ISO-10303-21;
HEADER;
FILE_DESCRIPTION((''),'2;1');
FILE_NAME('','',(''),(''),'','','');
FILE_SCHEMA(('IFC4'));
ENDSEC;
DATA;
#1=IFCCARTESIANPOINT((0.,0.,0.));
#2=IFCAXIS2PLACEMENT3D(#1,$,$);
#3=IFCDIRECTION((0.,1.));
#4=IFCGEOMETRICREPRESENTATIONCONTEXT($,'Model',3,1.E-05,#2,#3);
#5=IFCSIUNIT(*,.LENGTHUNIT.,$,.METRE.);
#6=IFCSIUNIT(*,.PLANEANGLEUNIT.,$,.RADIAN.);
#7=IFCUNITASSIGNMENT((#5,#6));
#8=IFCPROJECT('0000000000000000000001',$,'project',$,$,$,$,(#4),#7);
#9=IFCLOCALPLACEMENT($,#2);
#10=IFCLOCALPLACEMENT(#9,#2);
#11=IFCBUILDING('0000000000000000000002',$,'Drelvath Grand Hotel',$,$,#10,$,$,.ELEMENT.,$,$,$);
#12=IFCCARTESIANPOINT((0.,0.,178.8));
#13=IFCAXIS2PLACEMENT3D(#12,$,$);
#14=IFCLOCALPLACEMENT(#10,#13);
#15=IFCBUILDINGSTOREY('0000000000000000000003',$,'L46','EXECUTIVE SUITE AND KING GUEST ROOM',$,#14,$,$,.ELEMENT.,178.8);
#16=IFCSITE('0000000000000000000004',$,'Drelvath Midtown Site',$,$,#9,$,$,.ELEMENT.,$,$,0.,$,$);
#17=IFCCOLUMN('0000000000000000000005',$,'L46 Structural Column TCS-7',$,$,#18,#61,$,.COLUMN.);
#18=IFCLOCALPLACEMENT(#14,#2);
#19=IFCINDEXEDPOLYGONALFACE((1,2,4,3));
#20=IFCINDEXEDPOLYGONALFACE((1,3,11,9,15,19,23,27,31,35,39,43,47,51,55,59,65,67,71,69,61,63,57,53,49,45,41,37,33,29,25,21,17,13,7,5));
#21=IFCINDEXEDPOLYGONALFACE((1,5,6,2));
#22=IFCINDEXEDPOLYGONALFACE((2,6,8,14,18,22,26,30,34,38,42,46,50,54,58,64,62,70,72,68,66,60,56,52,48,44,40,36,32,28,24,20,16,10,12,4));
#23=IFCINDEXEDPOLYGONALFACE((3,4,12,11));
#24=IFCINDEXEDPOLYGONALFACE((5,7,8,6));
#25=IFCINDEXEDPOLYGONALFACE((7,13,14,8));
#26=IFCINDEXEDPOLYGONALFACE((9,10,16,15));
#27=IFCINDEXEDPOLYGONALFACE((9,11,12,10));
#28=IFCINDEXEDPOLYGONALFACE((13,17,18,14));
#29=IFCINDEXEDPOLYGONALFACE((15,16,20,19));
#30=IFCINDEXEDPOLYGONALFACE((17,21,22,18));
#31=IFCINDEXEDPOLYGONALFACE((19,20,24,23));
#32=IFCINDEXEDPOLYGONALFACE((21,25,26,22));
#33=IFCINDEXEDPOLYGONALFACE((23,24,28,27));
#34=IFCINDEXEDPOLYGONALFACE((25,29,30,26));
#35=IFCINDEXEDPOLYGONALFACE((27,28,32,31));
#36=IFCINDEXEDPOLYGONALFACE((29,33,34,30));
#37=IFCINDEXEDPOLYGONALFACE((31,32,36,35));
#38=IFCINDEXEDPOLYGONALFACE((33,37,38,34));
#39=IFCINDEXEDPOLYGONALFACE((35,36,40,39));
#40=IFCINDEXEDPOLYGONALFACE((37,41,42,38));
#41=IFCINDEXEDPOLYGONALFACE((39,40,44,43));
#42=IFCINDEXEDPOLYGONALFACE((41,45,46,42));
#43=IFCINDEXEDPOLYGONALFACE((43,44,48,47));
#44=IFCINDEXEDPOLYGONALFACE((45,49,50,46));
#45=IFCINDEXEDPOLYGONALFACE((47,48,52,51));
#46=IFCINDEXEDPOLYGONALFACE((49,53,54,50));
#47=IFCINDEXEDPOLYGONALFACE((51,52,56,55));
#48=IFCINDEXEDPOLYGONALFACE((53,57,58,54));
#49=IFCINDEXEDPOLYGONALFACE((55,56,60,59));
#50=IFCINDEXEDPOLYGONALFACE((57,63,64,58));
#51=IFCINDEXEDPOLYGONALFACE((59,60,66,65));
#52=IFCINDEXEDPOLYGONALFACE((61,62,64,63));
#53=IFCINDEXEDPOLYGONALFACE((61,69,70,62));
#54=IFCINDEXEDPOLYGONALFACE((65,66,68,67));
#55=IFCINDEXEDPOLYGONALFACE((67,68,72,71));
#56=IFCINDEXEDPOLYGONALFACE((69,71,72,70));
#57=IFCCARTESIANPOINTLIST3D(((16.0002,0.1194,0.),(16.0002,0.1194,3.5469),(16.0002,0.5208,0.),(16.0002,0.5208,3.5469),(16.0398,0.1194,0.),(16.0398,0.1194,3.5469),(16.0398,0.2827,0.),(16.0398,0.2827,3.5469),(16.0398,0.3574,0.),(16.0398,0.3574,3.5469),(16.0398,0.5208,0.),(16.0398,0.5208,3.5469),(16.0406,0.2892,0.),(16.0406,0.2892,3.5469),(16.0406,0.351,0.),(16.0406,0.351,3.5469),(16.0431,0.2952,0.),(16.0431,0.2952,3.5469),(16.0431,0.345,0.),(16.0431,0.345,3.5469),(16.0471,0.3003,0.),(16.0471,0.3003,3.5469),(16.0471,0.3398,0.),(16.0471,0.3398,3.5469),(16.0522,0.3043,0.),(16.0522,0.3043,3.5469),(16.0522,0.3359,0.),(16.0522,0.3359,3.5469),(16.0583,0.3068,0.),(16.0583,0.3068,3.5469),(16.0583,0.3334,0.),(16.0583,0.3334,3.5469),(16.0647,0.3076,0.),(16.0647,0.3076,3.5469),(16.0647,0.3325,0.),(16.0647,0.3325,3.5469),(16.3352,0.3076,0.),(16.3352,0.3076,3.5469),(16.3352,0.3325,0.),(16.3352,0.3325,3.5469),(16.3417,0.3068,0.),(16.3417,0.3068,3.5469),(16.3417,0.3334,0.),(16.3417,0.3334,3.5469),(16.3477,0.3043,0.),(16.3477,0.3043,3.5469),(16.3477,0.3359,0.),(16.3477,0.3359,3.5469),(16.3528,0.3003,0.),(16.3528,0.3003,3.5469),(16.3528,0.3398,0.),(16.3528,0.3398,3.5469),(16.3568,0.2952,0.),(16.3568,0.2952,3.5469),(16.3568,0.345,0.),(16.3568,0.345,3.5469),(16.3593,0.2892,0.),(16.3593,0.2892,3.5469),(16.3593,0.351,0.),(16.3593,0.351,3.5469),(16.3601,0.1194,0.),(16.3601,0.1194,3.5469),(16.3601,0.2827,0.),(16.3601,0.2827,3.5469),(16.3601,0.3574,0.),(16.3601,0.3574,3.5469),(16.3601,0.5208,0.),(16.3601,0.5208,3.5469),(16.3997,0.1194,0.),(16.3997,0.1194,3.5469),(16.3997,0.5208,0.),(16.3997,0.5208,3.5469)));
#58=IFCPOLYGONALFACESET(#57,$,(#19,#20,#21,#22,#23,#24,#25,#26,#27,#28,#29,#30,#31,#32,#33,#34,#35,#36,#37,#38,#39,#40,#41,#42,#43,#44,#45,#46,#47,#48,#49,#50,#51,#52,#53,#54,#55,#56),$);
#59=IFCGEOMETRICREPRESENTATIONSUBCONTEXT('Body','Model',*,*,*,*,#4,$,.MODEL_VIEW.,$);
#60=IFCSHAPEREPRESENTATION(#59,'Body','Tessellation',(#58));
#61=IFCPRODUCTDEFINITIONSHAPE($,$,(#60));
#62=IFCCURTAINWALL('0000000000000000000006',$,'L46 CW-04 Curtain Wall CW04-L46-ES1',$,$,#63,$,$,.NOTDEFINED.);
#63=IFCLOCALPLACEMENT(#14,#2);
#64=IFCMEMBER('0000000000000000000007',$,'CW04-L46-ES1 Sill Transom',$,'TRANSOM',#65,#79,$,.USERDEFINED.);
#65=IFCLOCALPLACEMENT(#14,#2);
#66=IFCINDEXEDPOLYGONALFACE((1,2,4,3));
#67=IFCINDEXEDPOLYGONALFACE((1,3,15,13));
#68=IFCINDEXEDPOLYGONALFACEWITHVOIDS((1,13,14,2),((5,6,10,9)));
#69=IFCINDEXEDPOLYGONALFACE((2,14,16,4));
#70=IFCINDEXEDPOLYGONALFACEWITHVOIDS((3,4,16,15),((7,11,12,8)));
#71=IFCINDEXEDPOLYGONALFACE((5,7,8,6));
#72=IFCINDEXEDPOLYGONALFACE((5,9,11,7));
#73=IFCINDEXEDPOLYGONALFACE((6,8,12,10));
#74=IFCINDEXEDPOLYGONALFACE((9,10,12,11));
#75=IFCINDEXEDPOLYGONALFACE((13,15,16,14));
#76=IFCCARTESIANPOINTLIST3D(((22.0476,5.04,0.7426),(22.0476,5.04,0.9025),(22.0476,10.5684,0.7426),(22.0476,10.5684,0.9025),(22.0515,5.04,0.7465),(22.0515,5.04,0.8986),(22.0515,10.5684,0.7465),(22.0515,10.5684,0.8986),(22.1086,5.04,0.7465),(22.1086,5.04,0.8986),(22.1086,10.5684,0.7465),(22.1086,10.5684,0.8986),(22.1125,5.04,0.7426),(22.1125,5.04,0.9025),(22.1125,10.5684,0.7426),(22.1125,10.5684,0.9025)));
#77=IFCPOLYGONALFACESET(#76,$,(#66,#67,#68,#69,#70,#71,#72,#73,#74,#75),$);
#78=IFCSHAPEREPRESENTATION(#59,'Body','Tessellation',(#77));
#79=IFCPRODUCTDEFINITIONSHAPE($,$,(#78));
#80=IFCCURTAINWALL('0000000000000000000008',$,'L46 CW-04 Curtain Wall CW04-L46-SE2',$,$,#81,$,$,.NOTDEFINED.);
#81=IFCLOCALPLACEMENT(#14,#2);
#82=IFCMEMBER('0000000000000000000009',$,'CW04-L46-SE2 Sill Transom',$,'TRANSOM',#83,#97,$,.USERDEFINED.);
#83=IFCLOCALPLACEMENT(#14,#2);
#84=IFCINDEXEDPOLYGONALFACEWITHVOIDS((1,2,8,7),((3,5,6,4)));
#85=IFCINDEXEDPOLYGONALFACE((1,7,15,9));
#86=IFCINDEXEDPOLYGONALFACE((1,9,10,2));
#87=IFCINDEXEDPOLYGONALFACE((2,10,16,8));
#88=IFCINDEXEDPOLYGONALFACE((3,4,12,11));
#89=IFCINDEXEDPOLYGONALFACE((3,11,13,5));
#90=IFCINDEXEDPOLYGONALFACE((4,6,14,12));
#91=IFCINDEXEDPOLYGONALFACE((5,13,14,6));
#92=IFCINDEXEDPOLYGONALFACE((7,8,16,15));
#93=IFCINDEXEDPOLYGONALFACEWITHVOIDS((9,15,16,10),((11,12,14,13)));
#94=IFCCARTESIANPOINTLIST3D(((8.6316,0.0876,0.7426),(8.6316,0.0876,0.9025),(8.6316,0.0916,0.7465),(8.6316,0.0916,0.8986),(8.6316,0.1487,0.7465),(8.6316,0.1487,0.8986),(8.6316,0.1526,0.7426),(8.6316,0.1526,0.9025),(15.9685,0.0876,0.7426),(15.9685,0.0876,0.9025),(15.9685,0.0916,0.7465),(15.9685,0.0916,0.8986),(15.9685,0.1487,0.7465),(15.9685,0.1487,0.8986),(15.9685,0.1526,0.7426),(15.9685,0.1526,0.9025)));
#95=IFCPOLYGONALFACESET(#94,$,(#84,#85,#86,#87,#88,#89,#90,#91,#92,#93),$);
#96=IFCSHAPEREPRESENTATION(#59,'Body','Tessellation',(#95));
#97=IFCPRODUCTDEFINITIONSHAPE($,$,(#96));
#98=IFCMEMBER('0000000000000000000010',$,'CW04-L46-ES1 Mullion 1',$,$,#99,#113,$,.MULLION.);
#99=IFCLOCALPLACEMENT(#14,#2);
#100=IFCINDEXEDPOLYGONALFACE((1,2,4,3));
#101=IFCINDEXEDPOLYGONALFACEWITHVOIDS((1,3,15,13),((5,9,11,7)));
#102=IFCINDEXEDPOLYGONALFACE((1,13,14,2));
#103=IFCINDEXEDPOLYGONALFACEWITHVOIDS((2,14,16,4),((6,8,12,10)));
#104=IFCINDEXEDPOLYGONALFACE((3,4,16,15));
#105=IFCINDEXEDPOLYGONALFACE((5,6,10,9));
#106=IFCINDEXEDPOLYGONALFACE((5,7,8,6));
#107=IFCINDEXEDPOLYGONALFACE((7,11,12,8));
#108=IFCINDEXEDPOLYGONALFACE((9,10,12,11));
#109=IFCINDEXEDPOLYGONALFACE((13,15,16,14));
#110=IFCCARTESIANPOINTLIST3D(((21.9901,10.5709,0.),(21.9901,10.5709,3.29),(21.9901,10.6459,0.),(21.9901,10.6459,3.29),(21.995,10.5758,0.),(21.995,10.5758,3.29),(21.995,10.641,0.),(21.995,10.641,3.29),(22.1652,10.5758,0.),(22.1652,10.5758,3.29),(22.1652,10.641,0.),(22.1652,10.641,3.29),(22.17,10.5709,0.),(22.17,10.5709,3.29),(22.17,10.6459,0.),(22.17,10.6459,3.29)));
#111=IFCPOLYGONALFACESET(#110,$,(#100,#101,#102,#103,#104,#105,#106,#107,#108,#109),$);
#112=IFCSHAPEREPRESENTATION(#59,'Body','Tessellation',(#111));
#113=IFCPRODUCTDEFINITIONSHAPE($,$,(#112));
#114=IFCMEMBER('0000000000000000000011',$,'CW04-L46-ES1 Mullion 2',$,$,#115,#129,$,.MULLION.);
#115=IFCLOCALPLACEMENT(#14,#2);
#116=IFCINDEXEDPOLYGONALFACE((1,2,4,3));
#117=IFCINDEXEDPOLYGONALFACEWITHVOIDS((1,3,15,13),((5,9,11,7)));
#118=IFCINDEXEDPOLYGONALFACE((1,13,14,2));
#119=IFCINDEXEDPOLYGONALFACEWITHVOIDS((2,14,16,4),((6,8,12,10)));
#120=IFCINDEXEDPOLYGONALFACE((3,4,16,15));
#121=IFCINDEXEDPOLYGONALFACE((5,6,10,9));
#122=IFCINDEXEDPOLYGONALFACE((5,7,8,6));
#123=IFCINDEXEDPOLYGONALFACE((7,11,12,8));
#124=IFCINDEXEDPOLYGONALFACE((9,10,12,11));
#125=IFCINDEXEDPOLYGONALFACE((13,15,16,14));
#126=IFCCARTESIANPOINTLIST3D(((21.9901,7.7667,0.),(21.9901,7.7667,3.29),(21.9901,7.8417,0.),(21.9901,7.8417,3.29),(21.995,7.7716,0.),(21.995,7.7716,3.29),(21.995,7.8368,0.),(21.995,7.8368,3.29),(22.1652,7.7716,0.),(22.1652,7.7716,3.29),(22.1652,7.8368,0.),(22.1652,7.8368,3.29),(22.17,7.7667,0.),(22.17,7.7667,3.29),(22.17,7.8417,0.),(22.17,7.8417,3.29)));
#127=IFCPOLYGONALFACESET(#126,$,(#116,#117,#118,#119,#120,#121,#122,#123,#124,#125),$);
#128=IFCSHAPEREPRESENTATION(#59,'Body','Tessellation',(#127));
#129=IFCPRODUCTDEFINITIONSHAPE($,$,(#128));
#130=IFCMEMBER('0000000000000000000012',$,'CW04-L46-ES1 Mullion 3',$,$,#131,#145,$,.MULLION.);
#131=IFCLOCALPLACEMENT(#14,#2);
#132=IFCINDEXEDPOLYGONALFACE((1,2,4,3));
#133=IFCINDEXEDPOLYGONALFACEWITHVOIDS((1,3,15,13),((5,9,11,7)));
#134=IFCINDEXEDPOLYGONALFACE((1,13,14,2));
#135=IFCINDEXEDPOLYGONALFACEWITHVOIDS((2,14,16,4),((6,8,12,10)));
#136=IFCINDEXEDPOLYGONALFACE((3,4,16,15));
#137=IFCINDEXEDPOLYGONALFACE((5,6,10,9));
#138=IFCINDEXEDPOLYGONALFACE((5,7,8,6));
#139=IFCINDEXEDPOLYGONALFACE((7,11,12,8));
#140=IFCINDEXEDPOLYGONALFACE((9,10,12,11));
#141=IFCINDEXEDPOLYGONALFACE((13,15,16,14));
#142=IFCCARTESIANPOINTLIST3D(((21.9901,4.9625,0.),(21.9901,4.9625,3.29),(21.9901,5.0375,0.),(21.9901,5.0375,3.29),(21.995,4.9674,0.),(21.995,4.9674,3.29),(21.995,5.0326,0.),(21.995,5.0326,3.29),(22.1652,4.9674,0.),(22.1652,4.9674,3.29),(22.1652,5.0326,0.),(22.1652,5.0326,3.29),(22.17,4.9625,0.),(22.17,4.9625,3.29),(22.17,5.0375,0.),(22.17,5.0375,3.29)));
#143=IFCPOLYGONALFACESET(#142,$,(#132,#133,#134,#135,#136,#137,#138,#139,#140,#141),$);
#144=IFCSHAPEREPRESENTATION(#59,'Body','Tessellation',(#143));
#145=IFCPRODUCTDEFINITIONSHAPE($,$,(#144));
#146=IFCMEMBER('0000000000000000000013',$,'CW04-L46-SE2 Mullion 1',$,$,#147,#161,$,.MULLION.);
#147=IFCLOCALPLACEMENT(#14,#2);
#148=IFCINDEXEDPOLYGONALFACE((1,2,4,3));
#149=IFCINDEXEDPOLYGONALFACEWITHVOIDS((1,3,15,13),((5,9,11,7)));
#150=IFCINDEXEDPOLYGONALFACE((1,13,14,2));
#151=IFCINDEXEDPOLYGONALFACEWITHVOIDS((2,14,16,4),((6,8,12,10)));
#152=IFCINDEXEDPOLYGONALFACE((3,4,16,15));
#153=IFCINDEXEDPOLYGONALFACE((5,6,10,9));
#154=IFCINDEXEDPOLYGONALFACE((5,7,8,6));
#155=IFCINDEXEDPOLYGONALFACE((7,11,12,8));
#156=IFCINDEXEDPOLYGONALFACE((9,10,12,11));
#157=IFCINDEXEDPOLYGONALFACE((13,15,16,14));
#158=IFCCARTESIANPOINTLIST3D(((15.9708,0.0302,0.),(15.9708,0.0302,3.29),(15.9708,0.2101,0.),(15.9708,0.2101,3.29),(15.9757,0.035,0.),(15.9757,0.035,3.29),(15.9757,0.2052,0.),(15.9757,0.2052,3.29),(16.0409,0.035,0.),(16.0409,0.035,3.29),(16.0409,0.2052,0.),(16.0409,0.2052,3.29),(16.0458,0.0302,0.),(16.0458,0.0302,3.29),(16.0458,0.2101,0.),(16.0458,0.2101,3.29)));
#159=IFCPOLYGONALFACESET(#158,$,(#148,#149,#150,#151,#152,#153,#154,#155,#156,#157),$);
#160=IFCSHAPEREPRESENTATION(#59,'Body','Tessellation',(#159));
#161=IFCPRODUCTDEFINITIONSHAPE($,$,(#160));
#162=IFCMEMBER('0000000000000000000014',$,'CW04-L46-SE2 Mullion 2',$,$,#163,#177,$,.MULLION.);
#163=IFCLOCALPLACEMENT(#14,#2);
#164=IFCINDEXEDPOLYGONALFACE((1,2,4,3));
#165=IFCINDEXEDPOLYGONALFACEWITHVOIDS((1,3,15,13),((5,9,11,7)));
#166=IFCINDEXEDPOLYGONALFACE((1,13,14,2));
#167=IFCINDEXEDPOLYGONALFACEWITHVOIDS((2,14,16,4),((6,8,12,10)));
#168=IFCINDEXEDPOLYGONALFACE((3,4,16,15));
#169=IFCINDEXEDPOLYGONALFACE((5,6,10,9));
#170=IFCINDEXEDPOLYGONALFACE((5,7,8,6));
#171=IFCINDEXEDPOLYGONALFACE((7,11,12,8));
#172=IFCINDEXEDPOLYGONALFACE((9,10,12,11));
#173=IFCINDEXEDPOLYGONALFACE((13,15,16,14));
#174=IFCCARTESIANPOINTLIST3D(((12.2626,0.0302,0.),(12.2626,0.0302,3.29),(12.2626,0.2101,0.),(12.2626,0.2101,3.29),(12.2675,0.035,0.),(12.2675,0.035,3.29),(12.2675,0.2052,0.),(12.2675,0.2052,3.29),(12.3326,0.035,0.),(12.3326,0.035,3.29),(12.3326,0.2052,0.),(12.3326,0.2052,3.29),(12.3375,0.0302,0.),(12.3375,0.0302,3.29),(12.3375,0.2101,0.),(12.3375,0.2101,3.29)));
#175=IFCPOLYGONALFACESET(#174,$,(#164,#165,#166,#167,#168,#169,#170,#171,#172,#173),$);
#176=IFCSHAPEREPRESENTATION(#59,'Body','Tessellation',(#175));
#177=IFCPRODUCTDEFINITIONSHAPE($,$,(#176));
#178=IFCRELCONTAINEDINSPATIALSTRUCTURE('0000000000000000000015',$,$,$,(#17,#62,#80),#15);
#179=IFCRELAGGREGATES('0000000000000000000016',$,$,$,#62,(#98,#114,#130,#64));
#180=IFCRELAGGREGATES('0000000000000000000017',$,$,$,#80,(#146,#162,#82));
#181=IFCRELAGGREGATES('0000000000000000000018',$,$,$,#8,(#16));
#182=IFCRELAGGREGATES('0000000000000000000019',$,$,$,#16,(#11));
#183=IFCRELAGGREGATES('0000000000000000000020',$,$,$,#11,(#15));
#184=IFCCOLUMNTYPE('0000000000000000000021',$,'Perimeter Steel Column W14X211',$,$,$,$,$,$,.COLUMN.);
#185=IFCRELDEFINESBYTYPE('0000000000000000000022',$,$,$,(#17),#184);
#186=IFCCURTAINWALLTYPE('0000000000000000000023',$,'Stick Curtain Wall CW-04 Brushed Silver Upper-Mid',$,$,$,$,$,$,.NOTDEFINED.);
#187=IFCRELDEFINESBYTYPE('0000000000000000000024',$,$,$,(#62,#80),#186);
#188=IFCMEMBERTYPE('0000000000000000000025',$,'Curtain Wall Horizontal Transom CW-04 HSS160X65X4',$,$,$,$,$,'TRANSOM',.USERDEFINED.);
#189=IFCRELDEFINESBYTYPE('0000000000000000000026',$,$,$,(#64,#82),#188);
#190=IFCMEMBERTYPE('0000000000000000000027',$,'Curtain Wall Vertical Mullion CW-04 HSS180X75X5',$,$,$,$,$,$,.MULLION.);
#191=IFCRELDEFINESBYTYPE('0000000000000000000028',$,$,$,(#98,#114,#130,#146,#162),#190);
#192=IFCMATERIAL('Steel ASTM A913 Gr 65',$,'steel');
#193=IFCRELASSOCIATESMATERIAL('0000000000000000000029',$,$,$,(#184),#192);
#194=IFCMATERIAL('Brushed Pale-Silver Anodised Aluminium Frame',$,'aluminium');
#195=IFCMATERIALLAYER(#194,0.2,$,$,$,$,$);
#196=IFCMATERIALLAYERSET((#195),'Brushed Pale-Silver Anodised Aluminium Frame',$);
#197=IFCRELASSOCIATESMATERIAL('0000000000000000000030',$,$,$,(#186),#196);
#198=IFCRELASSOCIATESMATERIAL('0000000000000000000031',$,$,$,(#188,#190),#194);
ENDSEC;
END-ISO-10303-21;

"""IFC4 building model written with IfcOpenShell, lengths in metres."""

from ifc_helpers import new_model, si_unit, direction, frame, origin, origin_2d, place, context, subcontext, project, spatial, hollow_rectangle, i_section, extrude, material, layer, layer_set, material_profile, profile_set, type_object, element, aggregate, save


model = new_model("IFC4")

# Units and contexts
model_context = context("Model", 3, precision=1e-05, world=origin(), true_north=direction((0.0, 1.0)))
body_context = subcontext(model_context, "Body", "Model", "MODEL_VIEW")
ifc_project = project(units=[si_unit("LENGTHUNIT", "METRE"), si_unit("PLANEANGLEUNIT", "RADIAN")], contexts=[model_context])

# Site, building, storey
site_placement = place(None, origin())
site = spatial("IfcSite", under=ifc_project, at=site_placement, Name="Drelvath Midtown Site", CompositionType="ELEMENT", RefElevation=0.0)
building_placement = place(site_placement, origin())
building = spatial("IfcBuilding", under=site, at=building_placement, Name="Drelvath Grand Hotel", CompositionType="ELEMENT")
storey_placement = place(building_placement, frame((0.0, 0.0, 178.8)))
storey = spatial("IfcBuildingStorey", under=building, at=storey_placement, Name="L46", Description="EXECUTIVE SUITE AND KING GUEST ROOM", CompositionType="ELEMENT", Elevation=178.8)

# Column
ifc_material_1 = material(Name="Steel ASTM A913 Gr 65", Category="steel")
ifc_material_profile_1 = material_profile(ifc_material_1, i_section(OverallWidth=0.4014, OverallDepth=0.3994, WebThickness=0.0249, FlangeThickness=0.0396, FilletRadius=0.0249, at=origin_2d()), Name="W14X211")
ifc_profile_set_1 = profile_set([ifc_material_profile_1], Name="Steel ASTM A913 Gr 65")
column_type = type_object("IfcColumnType", Name="Perimeter Steel Column W14X211", PredefinedType="COLUMN", material=ifc_profile_set_1)
column_placement = place(storey_placement, frame((16.2, 0.3201, 0.0), z_axis=(0.0, 0.0, 1.0), x_axis=(0.0, 1.0, 0.0)))
element("IfcColumn", 1, at=column_placement, inside=storey, type_object=column_type, Name="L46 Structural Column TCS-7", PredefinedType="COLUMN", context=body_context, shape_type="SweptSolid", body=[
    extrude(i_section(OverallWidth=0.4014, OverallDepth=0.3994, WebThickness=0.0249, FlangeThickness=0.0396, FilletRadius=0.0249, at=origin_2d()), origin(), (0.0, 0.0, 1.0), 3.5469),
])

# Curtain walls, members
ifc_material_2 = material(Name="Brushed Pale-Silver Anodised Aluminium Frame", Category="aluminium")
ifc_layer_1 = layer(ifc_material_2, 0.2)
ifc_layer_set_1 = layer_set([ifc_layer_1], Name="Brushed Pale-Silver Anodised Aluminium Frame")
curtain_wall_type = type_object("IfcCurtainWallType", Name="Stick Curtain Wall CW-04 Brushed Silver Upper-Mid", PredefinedType="NOTDEFINED", material=ifc_layer_set_1)
curtain_wall_1_placement = place(storey_placement, origin())
curtain_wall_1 = element("IfcCurtainWall", 2, at=curtain_wall_1_placement, inside=storey, type_object=curtain_wall_type, Name="L46 CW-04 Curtain Wall CW04-L46-ES1", PredefinedType="NOTDEFINED")
ifc_material_profile_2 = material_profile(ifc_material_2, hollow_rectangle(XDim=0.0649, YDim=0.1599, WallThickness=0.0039, at=origin_2d()), Name="HSS160X65X4")
ifc_profile_set_2 = profile_set([ifc_material_profile_2], Name="Brushed Pale-Silver Anodised Aluminium Frame")
member_type_1 = type_object("IfcMemberType", Name="Curtain Wall Horizontal Transom CW-04 HSS160X65X4", ElementType="TRANSOM", PredefinedType="USERDEFINED", material=ifc_profile_set_2)
member_1_placement = place(storey_placement, frame((22.0801, 10.5684, 0.8225), z_axis=(0.0, -1.0, 0.0), x_axis=(1.0, 0.0, 0.0)))
member_1 = element("IfcMember", 3, at=member_1_placement, type_object=member_type_1, Name="CW04-L46-ES1 Sill Transom", ObjectType="TRANSOM", PredefinedType="USERDEFINED", context=body_context, shape_type="SweptSolid", body=[
    extrude(hollow_rectangle(XDim=0.0649, YDim=0.1599, WallThickness=0.0039, at=origin_2d()), origin(), (0.0, 0.0, 1.0), 5.5283),
])
curtain_wall_2_placement = place(storey_placement, origin())
curtain_wall_2 = element("IfcCurtainWall", 4, at=curtain_wall_2_placement, inside=storey, type_object=curtain_wall_type, Name="L46 CW-04 Curtain Wall CW04-L46-SE2", PredefinedType="NOTDEFINED")
member_2_placement = place(storey_placement, frame((15.9685, 0.1201, 0.8225), z_axis=(-1.0, 0.0, 0.0), x_axis=(0.0, -1.0, 0.0)))
member_2 = element("IfcMember", 5, at=member_2_placement, type_object=member_type_1, Name="CW04-L46-SE2 Sill Transom", ObjectType="TRANSOM", PredefinedType="USERDEFINED", context=body_context, shape_type="SweptSolid", body=[
    extrude(hollow_rectangle(XDim=0.0649, YDim=0.1599, WallThickness=0.0039, at=origin_2d()), origin(), (0.0, 0.0, 1.0), 7.3369),
])

# Members
ifc_material_profile_3 = material_profile(ifc_material_2, hollow_rectangle(XDim=0.075, YDim=0.1799, WallThickness=0.0049, at=origin_2d()), Name="HSS180X75X5")
ifc_profile_set_3 = profile_set([ifc_material_profile_3], Name="Brushed Pale-Silver Anodised Aluminium Frame")
member_type_2 = type_object("IfcMemberType", Name="Curtain Wall Vertical Mullion CW-04 HSS180X75X5", PredefinedType="MULLION", material=ifc_profile_set_3)
member_3_placement = place(storey_placement, frame((22.0801, 10.6084, 0.0), z_axis=(0.0, 0.0, 1.0), x_axis=(0.0, 1.0, 0.0)))
member_3 = element("IfcMember", 6, at=member_3_placement, type_object=member_type_2, Name="CW04-L46-ES1 Mullion 1", PredefinedType="MULLION", context=body_context, shape_type="SweptSolid", body=[
    extrude(hollow_rectangle(XDim=0.075, YDim=0.1799, WallThickness=0.0049, at=origin_2d()), origin(), (0.0, 0.0, 1.0), 3.29),
])
member_4_placement = place(storey_placement, frame((22.0801, 7.8042, 0.0), z_axis=(0.0, 0.0, 1.0), x_axis=(0.0, 1.0, 0.0)))
member_4 = element("IfcMember", 7, at=member_4_placement, type_object=member_type_2, Name="CW04-L46-ES1 Mullion 2", PredefinedType="MULLION", context=body_context, shape_type="SweptSolid", body=[
    extrude(hollow_rectangle(XDim=0.075, YDim=0.1799, WallThickness=0.0049, at=origin_2d()), origin(), (0.0, 0.0, 1.0), 3.29),
])
member_5_placement = place(storey_placement, frame((22.0801, 5.0, 0.0), z_axis=(0.0, 0.0, 1.0), x_axis=(0.0, 1.0, 0.0)))
member_5 = element("IfcMember", 8, at=member_5_placement, type_object=member_type_2, Name="CW04-L46-ES1 Mullion 3", PredefinedType="MULLION", context=body_context, shape_type="SweptSolid", body=[
    extrude(hollow_rectangle(XDim=0.075, YDim=0.1799, WallThickness=0.0049, at=origin_2d()), origin(), (0.0, 0.0, 1.0), 3.29),
])
member_6_placement = place(storey_placement, frame((16.0083, 0.1201, 0.0), z_axis=(0.0, 0.0, 1.0), x_axis=(1.0, 0.0, 0.0)))
member_6 = element("IfcMember", 9, at=member_6_placement, type_object=member_type_2, Name="CW04-L46-SE2 Mullion 1", PredefinedType="MULLION", context=body_context, shape_type="SweptSolid", body=[
    extrude(hollow_rectangle(XDim=0.075, YDim=0.1799, WallThickness=0.0049, at=origin_2d()), origin(), (0.0, 0.0, 1.0), 3.29),
])
member_7_placement = place(storey_placement, frame((12.3, 0.1201, 0.0), z_axis=(0.0, 0.0, 1.0), x_axis=(1.0, 0.0, 0.0)))
member_7 = element("IfcMember", 10, at=member_7_placement, type_object=member_type_2, Name="CW04-L46-SE2 Mullion 2", PredefinedType="MULLION", context=body_context, shape_type="SweptSolid", body=[
    extrude(hollow_rectangle(XDim=0.075, YDim=0.1799, WallThickness=0.0049, at=origin_2d()), origin(), (0.0, 0.0, 1.0), 3.29),
])

aggregate(curtain_wall_1, [member_3, member_4, member_5, member_1])
aggregate(curtain_wall_2, [member_6, member_7, member_2])

save(model, "model.ifc")
